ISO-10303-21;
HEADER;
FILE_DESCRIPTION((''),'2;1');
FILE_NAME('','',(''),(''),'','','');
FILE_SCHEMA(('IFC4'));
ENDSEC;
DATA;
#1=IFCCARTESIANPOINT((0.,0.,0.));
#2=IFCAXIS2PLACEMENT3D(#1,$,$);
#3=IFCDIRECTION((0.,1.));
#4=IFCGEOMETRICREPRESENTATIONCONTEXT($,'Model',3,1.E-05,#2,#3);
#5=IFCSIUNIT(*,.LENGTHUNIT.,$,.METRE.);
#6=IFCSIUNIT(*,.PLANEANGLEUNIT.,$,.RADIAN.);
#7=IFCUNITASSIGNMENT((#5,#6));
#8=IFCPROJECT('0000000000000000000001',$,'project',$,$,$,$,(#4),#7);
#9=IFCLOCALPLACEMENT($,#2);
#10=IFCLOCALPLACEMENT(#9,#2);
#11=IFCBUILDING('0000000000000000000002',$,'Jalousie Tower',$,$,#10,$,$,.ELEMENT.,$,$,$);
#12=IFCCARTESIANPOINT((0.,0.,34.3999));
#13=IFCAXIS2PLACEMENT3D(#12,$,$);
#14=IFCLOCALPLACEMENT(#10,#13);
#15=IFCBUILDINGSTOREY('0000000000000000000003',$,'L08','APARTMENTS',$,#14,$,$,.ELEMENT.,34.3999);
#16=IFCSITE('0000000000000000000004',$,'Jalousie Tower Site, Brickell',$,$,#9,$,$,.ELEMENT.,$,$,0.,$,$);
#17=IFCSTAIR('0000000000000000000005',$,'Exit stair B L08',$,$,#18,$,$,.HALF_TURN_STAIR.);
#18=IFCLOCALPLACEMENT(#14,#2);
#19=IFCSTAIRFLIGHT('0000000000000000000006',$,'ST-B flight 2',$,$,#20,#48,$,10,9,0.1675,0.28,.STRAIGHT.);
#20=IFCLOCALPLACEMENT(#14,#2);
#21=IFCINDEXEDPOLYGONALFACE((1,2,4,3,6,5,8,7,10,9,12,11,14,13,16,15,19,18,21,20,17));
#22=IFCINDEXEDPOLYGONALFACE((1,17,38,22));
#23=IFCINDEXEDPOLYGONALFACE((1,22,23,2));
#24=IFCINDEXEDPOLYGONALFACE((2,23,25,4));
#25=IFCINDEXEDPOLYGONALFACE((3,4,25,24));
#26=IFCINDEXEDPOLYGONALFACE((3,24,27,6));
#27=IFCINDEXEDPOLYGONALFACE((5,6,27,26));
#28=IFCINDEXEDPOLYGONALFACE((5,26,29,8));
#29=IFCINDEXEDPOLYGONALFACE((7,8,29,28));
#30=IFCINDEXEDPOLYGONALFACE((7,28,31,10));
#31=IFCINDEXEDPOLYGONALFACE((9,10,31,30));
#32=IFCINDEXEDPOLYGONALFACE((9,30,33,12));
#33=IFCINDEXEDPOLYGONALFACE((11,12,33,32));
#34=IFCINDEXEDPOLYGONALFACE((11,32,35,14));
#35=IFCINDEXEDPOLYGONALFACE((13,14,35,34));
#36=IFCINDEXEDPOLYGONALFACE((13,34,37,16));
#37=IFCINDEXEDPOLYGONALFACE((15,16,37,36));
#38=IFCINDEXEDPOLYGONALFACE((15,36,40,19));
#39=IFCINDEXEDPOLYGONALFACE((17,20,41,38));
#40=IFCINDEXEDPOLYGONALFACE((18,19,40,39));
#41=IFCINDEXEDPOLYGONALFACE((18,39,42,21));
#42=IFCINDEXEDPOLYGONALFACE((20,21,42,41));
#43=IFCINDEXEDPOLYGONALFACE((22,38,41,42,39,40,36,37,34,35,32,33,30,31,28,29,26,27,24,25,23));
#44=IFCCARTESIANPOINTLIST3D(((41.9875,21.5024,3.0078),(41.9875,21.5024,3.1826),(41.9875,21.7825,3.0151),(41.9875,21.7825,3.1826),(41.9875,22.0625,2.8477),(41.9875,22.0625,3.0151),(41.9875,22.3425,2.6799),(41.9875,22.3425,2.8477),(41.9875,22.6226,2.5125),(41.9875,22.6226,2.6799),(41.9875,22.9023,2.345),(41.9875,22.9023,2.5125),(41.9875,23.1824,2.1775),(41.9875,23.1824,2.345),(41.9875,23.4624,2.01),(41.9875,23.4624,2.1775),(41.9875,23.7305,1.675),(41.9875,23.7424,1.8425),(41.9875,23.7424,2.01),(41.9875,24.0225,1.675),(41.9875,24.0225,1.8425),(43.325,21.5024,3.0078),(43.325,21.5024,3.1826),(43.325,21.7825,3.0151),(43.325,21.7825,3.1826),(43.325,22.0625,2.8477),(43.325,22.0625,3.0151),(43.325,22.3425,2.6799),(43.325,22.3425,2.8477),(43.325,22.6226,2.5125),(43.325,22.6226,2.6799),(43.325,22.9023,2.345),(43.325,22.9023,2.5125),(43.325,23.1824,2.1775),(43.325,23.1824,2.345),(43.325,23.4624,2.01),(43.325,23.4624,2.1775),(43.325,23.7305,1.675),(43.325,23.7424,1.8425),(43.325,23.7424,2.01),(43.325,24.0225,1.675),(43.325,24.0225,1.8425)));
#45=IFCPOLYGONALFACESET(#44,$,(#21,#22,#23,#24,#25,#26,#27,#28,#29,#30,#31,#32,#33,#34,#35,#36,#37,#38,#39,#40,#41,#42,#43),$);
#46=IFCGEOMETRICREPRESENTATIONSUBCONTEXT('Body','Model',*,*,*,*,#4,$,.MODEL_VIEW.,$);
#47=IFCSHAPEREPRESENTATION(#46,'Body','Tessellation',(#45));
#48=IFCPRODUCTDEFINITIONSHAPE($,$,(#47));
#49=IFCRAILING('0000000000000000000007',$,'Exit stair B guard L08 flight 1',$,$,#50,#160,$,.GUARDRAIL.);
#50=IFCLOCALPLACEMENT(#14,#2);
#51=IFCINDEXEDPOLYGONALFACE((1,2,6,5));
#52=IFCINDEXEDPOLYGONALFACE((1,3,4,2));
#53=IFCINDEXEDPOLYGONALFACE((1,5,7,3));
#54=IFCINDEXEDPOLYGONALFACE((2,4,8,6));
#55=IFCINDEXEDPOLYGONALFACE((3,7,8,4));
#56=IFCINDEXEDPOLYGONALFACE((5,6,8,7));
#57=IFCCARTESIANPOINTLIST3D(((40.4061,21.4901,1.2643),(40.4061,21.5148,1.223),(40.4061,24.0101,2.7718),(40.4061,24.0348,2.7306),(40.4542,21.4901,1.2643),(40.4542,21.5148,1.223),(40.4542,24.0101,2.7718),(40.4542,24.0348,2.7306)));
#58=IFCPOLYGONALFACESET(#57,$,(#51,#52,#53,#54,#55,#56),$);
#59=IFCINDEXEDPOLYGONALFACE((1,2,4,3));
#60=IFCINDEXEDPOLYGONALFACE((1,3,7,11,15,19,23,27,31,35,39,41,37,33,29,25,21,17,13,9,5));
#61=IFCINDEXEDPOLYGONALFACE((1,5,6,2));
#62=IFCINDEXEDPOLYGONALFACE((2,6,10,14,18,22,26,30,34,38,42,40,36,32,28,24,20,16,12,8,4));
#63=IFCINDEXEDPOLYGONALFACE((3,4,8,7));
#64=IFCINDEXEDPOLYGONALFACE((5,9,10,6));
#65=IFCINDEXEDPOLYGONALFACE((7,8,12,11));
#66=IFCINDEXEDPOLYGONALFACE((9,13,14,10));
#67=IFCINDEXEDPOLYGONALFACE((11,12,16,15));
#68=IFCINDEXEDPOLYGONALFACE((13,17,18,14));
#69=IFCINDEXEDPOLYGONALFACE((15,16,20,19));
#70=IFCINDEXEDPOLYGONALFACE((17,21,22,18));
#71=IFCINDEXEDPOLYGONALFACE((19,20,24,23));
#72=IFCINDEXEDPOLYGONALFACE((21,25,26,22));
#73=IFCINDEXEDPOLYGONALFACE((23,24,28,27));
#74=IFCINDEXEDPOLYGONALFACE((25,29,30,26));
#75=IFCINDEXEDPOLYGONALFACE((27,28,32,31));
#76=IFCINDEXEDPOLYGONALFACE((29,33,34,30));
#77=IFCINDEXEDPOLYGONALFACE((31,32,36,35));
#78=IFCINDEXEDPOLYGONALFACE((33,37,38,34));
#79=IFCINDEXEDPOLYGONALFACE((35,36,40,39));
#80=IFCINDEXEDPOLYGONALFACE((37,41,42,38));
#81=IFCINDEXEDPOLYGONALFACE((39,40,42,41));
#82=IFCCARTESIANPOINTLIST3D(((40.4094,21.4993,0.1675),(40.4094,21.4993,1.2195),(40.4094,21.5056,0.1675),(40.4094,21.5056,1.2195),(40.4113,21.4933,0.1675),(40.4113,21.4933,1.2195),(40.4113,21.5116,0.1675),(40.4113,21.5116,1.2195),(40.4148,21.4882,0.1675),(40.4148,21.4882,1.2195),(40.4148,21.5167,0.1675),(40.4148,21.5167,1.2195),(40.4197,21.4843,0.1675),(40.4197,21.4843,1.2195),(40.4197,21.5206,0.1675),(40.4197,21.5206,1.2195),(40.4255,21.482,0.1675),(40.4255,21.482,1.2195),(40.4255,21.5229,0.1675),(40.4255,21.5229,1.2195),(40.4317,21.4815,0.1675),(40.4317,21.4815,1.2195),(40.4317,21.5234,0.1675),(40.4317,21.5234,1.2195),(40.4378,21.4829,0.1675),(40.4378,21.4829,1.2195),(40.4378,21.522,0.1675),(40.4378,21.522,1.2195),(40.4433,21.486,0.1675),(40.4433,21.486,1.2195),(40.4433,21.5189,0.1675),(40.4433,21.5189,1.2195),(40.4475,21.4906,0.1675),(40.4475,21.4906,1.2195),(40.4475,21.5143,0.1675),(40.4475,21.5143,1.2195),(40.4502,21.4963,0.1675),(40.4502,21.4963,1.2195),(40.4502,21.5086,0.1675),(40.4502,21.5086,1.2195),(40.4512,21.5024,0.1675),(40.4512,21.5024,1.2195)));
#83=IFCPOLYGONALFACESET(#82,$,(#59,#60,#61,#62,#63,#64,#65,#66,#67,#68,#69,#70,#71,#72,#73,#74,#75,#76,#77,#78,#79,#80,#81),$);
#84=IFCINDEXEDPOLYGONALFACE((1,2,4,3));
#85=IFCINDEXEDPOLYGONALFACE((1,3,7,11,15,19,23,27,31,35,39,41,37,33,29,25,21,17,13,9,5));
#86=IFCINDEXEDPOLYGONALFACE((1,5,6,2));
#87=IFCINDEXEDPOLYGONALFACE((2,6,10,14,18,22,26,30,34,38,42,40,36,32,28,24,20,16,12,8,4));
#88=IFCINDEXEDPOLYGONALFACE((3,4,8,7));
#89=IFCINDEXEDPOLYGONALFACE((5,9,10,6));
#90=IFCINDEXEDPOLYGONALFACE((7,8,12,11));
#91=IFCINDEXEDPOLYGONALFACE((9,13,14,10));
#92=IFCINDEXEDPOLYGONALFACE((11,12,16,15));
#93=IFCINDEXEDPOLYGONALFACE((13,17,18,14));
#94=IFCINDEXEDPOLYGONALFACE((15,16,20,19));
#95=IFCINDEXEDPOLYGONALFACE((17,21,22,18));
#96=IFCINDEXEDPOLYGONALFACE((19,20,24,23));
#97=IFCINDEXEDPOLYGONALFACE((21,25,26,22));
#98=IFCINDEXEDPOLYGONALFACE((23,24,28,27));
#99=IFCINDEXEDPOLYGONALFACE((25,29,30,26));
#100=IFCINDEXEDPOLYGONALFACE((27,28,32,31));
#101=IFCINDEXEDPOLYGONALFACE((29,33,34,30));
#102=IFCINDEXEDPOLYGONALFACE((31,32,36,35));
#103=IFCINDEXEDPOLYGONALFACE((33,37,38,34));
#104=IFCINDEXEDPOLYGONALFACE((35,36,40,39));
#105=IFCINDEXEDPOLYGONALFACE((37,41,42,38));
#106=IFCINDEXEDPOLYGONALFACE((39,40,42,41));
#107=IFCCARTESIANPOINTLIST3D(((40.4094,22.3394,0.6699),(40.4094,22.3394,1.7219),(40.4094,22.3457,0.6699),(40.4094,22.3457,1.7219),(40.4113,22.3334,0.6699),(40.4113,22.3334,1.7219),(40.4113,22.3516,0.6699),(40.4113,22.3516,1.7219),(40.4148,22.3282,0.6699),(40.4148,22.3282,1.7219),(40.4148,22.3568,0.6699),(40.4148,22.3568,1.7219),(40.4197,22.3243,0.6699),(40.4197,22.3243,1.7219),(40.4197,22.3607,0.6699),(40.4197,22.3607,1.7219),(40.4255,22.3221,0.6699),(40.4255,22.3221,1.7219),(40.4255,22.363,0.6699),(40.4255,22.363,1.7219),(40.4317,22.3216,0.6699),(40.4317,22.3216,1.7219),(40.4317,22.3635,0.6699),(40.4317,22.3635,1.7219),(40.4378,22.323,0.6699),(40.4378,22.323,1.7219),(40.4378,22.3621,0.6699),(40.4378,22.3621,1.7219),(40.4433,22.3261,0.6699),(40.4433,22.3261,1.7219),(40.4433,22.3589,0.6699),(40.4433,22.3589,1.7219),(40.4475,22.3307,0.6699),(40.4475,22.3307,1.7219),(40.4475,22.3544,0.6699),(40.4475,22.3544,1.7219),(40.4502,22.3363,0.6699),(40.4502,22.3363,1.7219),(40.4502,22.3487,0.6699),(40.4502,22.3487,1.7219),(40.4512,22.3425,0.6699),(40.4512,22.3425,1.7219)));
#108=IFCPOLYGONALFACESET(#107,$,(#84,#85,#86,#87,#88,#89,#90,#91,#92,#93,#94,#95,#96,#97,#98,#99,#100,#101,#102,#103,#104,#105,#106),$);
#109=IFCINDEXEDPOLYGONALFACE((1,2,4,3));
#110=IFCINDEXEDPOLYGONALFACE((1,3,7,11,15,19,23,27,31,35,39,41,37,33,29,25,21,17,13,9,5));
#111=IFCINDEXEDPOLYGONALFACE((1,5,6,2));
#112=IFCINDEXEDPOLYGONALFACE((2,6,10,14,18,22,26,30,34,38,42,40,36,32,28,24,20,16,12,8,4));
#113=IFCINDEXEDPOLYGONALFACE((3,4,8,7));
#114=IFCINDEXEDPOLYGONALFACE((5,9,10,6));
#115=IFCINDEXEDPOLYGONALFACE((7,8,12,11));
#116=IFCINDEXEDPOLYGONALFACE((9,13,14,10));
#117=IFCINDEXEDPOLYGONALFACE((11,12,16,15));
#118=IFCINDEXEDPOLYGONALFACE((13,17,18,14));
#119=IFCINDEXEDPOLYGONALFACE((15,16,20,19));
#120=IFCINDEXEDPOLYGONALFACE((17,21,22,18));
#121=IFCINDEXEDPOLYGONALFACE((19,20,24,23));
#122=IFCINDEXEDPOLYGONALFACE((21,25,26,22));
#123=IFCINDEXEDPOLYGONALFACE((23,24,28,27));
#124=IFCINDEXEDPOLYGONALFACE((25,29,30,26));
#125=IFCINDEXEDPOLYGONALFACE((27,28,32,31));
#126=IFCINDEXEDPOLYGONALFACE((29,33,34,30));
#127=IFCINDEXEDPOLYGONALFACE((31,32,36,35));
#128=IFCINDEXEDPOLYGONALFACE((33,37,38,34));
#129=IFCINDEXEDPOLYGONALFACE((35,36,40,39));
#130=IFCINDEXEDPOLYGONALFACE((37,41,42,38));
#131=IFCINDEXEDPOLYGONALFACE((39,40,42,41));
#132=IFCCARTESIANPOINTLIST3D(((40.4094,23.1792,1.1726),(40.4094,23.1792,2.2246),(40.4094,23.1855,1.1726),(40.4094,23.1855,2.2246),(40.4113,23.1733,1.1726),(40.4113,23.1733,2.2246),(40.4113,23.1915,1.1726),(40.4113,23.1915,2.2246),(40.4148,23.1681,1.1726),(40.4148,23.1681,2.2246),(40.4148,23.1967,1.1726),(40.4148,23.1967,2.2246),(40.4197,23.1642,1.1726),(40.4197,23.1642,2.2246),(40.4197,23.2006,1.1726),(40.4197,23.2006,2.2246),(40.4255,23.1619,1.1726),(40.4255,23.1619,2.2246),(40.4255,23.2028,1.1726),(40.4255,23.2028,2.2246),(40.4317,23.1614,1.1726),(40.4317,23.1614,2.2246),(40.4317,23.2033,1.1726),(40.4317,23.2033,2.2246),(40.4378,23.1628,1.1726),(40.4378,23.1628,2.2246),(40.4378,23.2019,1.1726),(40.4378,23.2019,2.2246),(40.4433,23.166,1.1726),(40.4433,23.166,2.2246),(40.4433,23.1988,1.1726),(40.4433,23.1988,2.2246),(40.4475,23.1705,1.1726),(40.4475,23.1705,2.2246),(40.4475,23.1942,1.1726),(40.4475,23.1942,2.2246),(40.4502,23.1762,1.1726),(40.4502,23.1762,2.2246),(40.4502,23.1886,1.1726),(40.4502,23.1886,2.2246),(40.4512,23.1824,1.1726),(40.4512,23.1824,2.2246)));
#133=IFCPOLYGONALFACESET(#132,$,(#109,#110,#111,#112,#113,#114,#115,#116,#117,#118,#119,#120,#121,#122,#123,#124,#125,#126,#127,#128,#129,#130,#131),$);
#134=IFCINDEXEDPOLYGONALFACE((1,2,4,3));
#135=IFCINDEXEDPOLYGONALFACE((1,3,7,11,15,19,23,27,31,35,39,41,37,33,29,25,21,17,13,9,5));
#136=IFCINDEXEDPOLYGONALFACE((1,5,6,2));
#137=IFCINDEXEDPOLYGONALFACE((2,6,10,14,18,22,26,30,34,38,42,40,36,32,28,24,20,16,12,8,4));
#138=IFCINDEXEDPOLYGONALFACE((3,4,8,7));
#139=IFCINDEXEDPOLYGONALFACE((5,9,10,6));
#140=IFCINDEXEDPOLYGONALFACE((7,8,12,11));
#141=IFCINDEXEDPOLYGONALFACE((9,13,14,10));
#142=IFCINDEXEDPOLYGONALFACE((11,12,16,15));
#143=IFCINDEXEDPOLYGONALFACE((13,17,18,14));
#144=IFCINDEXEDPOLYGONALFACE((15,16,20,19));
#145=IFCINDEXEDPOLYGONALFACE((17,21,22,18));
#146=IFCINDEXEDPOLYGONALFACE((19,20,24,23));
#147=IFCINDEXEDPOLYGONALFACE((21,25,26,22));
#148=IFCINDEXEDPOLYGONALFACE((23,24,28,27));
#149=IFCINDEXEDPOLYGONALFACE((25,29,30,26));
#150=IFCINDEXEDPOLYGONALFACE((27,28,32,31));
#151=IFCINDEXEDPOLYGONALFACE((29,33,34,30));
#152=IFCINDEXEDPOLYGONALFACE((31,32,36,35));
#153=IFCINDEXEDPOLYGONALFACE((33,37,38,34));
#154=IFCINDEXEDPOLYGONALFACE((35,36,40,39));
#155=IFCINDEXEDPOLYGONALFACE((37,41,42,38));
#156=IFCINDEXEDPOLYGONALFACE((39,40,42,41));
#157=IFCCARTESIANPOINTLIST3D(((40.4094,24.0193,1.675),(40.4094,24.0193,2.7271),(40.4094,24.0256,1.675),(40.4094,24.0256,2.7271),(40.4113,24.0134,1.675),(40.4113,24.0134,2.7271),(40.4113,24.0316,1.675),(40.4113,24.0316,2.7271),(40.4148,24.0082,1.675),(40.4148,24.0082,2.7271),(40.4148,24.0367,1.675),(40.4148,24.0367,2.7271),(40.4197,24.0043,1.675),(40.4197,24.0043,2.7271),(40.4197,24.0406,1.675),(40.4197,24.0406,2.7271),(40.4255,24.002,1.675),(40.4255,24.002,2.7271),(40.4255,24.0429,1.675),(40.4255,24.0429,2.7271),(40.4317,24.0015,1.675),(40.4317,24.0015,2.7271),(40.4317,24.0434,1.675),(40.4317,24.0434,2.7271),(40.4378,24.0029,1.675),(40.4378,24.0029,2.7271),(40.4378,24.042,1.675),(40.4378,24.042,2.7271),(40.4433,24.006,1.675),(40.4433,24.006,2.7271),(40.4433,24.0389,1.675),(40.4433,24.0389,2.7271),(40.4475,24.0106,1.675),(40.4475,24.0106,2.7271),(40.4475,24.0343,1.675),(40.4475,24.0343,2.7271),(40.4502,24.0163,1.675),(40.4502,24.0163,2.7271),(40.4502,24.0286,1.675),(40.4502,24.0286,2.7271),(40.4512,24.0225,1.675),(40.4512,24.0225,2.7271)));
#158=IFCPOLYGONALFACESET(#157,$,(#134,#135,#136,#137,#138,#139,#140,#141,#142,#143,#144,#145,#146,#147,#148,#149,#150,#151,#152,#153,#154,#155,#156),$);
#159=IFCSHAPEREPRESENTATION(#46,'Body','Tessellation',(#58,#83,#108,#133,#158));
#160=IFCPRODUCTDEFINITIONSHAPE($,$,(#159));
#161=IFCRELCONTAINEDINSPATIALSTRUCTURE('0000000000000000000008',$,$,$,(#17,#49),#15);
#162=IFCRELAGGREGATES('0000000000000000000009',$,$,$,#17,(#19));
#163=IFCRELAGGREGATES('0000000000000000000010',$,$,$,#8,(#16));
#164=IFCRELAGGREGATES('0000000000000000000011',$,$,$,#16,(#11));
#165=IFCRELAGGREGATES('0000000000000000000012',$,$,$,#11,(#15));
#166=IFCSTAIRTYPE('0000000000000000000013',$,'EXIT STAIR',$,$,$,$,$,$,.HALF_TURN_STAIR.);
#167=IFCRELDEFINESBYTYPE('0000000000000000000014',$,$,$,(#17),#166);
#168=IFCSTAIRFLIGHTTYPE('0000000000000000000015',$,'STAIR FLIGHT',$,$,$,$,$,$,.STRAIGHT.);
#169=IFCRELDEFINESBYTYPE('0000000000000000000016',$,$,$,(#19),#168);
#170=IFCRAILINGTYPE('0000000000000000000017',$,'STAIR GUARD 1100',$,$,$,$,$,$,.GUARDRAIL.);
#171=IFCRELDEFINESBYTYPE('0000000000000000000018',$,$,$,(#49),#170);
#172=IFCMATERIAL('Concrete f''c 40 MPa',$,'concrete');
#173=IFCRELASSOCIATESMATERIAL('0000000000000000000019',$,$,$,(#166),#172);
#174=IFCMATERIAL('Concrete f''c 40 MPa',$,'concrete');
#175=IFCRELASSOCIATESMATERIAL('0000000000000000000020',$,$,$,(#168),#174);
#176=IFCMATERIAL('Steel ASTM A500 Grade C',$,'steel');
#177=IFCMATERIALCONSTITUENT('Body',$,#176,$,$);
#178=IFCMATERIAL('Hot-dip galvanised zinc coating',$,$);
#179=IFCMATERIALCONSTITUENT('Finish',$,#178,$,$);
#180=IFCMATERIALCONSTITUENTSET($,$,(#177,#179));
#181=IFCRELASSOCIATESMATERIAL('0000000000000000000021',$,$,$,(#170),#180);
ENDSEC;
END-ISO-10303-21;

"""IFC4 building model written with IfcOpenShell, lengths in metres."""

from ifc_helpers import new_model, si_unit, direction, frame, origin, origin_2d, place, context, subcontext, project, spatial, polyline, rectangle, circle, outline, extrude, material, constituent, constituent_set, type_object, element, aggregate, save


model = new_model("IFC4")

# Units and contexts
model_context = context("Model", 3, precision=1e-05, world=origin(), true_north=direction((0.0, 1.0)))
body_context = subcontext(model_context, "Body", "Model", "MODEL_VIEW")
ifc_project = project(units=[si_unit("LENGTHUNIT", "METRE"), si_unit("PLANEANGLEUNIT", "RADIAN")], contexts=[model_context])

# Site, building, storey
site_placement = place(None, origin())
site = spatial("IfcSite", under=ifc_project, at=site_placement, Name="Jalousie Tower Site, Brickell", CompositionType="ELEMENT", RefElevation=0.0)
building_placement = place(site_placement, origin())
building = spatial("IfcBuilding", under=site, at=building_placement, Name="Jalousie Tower", CompositionType="ELEMENT")
storey_placement = place(building_placement, frame((0.0, 0.0, 34.3999)))
storey = spatial("IfcBuildingStorey", under=building, at=storey_placement, Name="L08", Description="APARTMENTS", CompositionType="ELEMENT", Elevation=34.3999)

# Stair, stair flight
ifc_material_1 = material(Name="Concrete f'c 40 MPa", Category="concrete")
stair_type = type_object("IfcStairType", Name="EXIT STAIR", PredefinedType="HALF_TURN_STAIR", material=ifc_material_1)
stair_placement = place(storey_placement, origin())
stair = element("IfcStair", 1, at=stair_placement, inside=storey, type_object=stair_type, Name="Exit stair B L08", PredefinedType="HALF_TURN_STAIR")
ifc_material_2 = material(Name="Concrete f'c 40 MPa", Category="concrete")
stair_flight_type = type_object("IfcStairFlightType", Name="STAIR FLIGHT", PredefinedType="STRAIGHT", material=ifc_material_2)
stair_flight_1_placement = place(storey_placement, frame((42.6562, 24.0225, 1.675), z_axis=(0.0, 0.0, 1.0), x_axis=(0.0, -1.0, 0.0)))
stair_flight_1 = element("IfcStairFlight", 2, at=stair_flight_1_placement, type_object=stair_flight_type, Name="ST-B flight 2", NumberOfRisers=10, NumberOfTreads=9, PredefinedType="STRAIGHT", RiserHeight=0.1675, TreadLength=0.28, context=body_context, shape_type="SweptSolid", body=[
    extrude(outline(polyline([(0.0, 0.0), (0.0, 0.1675), (0.28, 0.1675), (0.28, 0.335), (0.5601, 0.335), (0.5601, 0.5024), (0.8401, 0.5024), (0.8401, 0.6699), (1.1201, 0.6699), (1.1201, 0.8374), (1.3999, 0.8374), (1.3999, 1.0049), (1.6799, 1.0049), (1.6799, 1.1726), (1.96, 1.1726), (1.96, 1.3401), (2.24, 1.3401), (2.24, 1.5076), (2.52, 1.5076), (2.52, 1.675), (2.52, 1.3328), (0.292, 0.0), (0.0, 0.0)])), frame((0.0, 0.6687, 0.0), z_axis=(0.0, -1.0, 0.0), x_axis=(1.0, 0.0, 0.0)), (0.0, 0.0, 1.0), 1.3374),
])
aggregate(stair, [stair_flight_1])

# Railing
ifc_material_3 = material(Name="Steel ASTM A500 Grade C", Category="steel")
ifc_constituent_1 = constituent(ifc_material_3, Name="Body")
ifc_material_4 = material(Name="Hot-dip galvanised zinc coating")
ifc_constituent_2 = constituent(ifc_material_4, Name="Finish")
ifc_constituent_set_1 = constituent_set(constituents=[ifc_constituent_1, ifc_constituent_2])
railing_type_1 = type_object("IfcRailingType", Name="STAIR GUARD 1100", PredefinedType="GUARDRAIL", material=ifc_constituent_set_1)
railing_1_placement = place(storey_placement, frame((40.4302, 21.5024, 0.1675)))
element("IfcRailing", 3, at=railing_1_placement, inside=storey, type_object=railing_type_1, Name="Exit stair B guard L08 flight 1", PredefinedType="GUARDRAIL", context=body_context, shape_type="SweptSolid", body=[
    extrude(rectangle(XDim=0.0481, YDim=0.0481, at=origin_2d()), frame((0.0, 0.0, 1.0762), z_axis=(0.0, 0.85816, 0.513383), x_axis=(-1.0, 0.0, 0.0)), (0.0, 0.0, 1.0), 2.9365),
    extrude(circle(Radius=0.021, at=origin_2d()), origin(), (0.0, 0.0, 1.0), 1.052),
    extrude(circle(Radius=0.021, at=origin_2d()), frame((0.0, 0.8401, 0.5024)), (0.0, 0.0, 1.0), 1.052),
    extrude(circle(Radius=0.021, at=origin_2d()), frame((0.0, 1.6799, 1.0051)), (0.0, 0.0, 1.0), 1.052),
    extrude(circle(Radius=0.021, at=origin_2d()), frame((0.0, 2.52, 1.5076)), (0.0, 0.0, 1.0), 1.052),
])

save(model, "model.ifc")
